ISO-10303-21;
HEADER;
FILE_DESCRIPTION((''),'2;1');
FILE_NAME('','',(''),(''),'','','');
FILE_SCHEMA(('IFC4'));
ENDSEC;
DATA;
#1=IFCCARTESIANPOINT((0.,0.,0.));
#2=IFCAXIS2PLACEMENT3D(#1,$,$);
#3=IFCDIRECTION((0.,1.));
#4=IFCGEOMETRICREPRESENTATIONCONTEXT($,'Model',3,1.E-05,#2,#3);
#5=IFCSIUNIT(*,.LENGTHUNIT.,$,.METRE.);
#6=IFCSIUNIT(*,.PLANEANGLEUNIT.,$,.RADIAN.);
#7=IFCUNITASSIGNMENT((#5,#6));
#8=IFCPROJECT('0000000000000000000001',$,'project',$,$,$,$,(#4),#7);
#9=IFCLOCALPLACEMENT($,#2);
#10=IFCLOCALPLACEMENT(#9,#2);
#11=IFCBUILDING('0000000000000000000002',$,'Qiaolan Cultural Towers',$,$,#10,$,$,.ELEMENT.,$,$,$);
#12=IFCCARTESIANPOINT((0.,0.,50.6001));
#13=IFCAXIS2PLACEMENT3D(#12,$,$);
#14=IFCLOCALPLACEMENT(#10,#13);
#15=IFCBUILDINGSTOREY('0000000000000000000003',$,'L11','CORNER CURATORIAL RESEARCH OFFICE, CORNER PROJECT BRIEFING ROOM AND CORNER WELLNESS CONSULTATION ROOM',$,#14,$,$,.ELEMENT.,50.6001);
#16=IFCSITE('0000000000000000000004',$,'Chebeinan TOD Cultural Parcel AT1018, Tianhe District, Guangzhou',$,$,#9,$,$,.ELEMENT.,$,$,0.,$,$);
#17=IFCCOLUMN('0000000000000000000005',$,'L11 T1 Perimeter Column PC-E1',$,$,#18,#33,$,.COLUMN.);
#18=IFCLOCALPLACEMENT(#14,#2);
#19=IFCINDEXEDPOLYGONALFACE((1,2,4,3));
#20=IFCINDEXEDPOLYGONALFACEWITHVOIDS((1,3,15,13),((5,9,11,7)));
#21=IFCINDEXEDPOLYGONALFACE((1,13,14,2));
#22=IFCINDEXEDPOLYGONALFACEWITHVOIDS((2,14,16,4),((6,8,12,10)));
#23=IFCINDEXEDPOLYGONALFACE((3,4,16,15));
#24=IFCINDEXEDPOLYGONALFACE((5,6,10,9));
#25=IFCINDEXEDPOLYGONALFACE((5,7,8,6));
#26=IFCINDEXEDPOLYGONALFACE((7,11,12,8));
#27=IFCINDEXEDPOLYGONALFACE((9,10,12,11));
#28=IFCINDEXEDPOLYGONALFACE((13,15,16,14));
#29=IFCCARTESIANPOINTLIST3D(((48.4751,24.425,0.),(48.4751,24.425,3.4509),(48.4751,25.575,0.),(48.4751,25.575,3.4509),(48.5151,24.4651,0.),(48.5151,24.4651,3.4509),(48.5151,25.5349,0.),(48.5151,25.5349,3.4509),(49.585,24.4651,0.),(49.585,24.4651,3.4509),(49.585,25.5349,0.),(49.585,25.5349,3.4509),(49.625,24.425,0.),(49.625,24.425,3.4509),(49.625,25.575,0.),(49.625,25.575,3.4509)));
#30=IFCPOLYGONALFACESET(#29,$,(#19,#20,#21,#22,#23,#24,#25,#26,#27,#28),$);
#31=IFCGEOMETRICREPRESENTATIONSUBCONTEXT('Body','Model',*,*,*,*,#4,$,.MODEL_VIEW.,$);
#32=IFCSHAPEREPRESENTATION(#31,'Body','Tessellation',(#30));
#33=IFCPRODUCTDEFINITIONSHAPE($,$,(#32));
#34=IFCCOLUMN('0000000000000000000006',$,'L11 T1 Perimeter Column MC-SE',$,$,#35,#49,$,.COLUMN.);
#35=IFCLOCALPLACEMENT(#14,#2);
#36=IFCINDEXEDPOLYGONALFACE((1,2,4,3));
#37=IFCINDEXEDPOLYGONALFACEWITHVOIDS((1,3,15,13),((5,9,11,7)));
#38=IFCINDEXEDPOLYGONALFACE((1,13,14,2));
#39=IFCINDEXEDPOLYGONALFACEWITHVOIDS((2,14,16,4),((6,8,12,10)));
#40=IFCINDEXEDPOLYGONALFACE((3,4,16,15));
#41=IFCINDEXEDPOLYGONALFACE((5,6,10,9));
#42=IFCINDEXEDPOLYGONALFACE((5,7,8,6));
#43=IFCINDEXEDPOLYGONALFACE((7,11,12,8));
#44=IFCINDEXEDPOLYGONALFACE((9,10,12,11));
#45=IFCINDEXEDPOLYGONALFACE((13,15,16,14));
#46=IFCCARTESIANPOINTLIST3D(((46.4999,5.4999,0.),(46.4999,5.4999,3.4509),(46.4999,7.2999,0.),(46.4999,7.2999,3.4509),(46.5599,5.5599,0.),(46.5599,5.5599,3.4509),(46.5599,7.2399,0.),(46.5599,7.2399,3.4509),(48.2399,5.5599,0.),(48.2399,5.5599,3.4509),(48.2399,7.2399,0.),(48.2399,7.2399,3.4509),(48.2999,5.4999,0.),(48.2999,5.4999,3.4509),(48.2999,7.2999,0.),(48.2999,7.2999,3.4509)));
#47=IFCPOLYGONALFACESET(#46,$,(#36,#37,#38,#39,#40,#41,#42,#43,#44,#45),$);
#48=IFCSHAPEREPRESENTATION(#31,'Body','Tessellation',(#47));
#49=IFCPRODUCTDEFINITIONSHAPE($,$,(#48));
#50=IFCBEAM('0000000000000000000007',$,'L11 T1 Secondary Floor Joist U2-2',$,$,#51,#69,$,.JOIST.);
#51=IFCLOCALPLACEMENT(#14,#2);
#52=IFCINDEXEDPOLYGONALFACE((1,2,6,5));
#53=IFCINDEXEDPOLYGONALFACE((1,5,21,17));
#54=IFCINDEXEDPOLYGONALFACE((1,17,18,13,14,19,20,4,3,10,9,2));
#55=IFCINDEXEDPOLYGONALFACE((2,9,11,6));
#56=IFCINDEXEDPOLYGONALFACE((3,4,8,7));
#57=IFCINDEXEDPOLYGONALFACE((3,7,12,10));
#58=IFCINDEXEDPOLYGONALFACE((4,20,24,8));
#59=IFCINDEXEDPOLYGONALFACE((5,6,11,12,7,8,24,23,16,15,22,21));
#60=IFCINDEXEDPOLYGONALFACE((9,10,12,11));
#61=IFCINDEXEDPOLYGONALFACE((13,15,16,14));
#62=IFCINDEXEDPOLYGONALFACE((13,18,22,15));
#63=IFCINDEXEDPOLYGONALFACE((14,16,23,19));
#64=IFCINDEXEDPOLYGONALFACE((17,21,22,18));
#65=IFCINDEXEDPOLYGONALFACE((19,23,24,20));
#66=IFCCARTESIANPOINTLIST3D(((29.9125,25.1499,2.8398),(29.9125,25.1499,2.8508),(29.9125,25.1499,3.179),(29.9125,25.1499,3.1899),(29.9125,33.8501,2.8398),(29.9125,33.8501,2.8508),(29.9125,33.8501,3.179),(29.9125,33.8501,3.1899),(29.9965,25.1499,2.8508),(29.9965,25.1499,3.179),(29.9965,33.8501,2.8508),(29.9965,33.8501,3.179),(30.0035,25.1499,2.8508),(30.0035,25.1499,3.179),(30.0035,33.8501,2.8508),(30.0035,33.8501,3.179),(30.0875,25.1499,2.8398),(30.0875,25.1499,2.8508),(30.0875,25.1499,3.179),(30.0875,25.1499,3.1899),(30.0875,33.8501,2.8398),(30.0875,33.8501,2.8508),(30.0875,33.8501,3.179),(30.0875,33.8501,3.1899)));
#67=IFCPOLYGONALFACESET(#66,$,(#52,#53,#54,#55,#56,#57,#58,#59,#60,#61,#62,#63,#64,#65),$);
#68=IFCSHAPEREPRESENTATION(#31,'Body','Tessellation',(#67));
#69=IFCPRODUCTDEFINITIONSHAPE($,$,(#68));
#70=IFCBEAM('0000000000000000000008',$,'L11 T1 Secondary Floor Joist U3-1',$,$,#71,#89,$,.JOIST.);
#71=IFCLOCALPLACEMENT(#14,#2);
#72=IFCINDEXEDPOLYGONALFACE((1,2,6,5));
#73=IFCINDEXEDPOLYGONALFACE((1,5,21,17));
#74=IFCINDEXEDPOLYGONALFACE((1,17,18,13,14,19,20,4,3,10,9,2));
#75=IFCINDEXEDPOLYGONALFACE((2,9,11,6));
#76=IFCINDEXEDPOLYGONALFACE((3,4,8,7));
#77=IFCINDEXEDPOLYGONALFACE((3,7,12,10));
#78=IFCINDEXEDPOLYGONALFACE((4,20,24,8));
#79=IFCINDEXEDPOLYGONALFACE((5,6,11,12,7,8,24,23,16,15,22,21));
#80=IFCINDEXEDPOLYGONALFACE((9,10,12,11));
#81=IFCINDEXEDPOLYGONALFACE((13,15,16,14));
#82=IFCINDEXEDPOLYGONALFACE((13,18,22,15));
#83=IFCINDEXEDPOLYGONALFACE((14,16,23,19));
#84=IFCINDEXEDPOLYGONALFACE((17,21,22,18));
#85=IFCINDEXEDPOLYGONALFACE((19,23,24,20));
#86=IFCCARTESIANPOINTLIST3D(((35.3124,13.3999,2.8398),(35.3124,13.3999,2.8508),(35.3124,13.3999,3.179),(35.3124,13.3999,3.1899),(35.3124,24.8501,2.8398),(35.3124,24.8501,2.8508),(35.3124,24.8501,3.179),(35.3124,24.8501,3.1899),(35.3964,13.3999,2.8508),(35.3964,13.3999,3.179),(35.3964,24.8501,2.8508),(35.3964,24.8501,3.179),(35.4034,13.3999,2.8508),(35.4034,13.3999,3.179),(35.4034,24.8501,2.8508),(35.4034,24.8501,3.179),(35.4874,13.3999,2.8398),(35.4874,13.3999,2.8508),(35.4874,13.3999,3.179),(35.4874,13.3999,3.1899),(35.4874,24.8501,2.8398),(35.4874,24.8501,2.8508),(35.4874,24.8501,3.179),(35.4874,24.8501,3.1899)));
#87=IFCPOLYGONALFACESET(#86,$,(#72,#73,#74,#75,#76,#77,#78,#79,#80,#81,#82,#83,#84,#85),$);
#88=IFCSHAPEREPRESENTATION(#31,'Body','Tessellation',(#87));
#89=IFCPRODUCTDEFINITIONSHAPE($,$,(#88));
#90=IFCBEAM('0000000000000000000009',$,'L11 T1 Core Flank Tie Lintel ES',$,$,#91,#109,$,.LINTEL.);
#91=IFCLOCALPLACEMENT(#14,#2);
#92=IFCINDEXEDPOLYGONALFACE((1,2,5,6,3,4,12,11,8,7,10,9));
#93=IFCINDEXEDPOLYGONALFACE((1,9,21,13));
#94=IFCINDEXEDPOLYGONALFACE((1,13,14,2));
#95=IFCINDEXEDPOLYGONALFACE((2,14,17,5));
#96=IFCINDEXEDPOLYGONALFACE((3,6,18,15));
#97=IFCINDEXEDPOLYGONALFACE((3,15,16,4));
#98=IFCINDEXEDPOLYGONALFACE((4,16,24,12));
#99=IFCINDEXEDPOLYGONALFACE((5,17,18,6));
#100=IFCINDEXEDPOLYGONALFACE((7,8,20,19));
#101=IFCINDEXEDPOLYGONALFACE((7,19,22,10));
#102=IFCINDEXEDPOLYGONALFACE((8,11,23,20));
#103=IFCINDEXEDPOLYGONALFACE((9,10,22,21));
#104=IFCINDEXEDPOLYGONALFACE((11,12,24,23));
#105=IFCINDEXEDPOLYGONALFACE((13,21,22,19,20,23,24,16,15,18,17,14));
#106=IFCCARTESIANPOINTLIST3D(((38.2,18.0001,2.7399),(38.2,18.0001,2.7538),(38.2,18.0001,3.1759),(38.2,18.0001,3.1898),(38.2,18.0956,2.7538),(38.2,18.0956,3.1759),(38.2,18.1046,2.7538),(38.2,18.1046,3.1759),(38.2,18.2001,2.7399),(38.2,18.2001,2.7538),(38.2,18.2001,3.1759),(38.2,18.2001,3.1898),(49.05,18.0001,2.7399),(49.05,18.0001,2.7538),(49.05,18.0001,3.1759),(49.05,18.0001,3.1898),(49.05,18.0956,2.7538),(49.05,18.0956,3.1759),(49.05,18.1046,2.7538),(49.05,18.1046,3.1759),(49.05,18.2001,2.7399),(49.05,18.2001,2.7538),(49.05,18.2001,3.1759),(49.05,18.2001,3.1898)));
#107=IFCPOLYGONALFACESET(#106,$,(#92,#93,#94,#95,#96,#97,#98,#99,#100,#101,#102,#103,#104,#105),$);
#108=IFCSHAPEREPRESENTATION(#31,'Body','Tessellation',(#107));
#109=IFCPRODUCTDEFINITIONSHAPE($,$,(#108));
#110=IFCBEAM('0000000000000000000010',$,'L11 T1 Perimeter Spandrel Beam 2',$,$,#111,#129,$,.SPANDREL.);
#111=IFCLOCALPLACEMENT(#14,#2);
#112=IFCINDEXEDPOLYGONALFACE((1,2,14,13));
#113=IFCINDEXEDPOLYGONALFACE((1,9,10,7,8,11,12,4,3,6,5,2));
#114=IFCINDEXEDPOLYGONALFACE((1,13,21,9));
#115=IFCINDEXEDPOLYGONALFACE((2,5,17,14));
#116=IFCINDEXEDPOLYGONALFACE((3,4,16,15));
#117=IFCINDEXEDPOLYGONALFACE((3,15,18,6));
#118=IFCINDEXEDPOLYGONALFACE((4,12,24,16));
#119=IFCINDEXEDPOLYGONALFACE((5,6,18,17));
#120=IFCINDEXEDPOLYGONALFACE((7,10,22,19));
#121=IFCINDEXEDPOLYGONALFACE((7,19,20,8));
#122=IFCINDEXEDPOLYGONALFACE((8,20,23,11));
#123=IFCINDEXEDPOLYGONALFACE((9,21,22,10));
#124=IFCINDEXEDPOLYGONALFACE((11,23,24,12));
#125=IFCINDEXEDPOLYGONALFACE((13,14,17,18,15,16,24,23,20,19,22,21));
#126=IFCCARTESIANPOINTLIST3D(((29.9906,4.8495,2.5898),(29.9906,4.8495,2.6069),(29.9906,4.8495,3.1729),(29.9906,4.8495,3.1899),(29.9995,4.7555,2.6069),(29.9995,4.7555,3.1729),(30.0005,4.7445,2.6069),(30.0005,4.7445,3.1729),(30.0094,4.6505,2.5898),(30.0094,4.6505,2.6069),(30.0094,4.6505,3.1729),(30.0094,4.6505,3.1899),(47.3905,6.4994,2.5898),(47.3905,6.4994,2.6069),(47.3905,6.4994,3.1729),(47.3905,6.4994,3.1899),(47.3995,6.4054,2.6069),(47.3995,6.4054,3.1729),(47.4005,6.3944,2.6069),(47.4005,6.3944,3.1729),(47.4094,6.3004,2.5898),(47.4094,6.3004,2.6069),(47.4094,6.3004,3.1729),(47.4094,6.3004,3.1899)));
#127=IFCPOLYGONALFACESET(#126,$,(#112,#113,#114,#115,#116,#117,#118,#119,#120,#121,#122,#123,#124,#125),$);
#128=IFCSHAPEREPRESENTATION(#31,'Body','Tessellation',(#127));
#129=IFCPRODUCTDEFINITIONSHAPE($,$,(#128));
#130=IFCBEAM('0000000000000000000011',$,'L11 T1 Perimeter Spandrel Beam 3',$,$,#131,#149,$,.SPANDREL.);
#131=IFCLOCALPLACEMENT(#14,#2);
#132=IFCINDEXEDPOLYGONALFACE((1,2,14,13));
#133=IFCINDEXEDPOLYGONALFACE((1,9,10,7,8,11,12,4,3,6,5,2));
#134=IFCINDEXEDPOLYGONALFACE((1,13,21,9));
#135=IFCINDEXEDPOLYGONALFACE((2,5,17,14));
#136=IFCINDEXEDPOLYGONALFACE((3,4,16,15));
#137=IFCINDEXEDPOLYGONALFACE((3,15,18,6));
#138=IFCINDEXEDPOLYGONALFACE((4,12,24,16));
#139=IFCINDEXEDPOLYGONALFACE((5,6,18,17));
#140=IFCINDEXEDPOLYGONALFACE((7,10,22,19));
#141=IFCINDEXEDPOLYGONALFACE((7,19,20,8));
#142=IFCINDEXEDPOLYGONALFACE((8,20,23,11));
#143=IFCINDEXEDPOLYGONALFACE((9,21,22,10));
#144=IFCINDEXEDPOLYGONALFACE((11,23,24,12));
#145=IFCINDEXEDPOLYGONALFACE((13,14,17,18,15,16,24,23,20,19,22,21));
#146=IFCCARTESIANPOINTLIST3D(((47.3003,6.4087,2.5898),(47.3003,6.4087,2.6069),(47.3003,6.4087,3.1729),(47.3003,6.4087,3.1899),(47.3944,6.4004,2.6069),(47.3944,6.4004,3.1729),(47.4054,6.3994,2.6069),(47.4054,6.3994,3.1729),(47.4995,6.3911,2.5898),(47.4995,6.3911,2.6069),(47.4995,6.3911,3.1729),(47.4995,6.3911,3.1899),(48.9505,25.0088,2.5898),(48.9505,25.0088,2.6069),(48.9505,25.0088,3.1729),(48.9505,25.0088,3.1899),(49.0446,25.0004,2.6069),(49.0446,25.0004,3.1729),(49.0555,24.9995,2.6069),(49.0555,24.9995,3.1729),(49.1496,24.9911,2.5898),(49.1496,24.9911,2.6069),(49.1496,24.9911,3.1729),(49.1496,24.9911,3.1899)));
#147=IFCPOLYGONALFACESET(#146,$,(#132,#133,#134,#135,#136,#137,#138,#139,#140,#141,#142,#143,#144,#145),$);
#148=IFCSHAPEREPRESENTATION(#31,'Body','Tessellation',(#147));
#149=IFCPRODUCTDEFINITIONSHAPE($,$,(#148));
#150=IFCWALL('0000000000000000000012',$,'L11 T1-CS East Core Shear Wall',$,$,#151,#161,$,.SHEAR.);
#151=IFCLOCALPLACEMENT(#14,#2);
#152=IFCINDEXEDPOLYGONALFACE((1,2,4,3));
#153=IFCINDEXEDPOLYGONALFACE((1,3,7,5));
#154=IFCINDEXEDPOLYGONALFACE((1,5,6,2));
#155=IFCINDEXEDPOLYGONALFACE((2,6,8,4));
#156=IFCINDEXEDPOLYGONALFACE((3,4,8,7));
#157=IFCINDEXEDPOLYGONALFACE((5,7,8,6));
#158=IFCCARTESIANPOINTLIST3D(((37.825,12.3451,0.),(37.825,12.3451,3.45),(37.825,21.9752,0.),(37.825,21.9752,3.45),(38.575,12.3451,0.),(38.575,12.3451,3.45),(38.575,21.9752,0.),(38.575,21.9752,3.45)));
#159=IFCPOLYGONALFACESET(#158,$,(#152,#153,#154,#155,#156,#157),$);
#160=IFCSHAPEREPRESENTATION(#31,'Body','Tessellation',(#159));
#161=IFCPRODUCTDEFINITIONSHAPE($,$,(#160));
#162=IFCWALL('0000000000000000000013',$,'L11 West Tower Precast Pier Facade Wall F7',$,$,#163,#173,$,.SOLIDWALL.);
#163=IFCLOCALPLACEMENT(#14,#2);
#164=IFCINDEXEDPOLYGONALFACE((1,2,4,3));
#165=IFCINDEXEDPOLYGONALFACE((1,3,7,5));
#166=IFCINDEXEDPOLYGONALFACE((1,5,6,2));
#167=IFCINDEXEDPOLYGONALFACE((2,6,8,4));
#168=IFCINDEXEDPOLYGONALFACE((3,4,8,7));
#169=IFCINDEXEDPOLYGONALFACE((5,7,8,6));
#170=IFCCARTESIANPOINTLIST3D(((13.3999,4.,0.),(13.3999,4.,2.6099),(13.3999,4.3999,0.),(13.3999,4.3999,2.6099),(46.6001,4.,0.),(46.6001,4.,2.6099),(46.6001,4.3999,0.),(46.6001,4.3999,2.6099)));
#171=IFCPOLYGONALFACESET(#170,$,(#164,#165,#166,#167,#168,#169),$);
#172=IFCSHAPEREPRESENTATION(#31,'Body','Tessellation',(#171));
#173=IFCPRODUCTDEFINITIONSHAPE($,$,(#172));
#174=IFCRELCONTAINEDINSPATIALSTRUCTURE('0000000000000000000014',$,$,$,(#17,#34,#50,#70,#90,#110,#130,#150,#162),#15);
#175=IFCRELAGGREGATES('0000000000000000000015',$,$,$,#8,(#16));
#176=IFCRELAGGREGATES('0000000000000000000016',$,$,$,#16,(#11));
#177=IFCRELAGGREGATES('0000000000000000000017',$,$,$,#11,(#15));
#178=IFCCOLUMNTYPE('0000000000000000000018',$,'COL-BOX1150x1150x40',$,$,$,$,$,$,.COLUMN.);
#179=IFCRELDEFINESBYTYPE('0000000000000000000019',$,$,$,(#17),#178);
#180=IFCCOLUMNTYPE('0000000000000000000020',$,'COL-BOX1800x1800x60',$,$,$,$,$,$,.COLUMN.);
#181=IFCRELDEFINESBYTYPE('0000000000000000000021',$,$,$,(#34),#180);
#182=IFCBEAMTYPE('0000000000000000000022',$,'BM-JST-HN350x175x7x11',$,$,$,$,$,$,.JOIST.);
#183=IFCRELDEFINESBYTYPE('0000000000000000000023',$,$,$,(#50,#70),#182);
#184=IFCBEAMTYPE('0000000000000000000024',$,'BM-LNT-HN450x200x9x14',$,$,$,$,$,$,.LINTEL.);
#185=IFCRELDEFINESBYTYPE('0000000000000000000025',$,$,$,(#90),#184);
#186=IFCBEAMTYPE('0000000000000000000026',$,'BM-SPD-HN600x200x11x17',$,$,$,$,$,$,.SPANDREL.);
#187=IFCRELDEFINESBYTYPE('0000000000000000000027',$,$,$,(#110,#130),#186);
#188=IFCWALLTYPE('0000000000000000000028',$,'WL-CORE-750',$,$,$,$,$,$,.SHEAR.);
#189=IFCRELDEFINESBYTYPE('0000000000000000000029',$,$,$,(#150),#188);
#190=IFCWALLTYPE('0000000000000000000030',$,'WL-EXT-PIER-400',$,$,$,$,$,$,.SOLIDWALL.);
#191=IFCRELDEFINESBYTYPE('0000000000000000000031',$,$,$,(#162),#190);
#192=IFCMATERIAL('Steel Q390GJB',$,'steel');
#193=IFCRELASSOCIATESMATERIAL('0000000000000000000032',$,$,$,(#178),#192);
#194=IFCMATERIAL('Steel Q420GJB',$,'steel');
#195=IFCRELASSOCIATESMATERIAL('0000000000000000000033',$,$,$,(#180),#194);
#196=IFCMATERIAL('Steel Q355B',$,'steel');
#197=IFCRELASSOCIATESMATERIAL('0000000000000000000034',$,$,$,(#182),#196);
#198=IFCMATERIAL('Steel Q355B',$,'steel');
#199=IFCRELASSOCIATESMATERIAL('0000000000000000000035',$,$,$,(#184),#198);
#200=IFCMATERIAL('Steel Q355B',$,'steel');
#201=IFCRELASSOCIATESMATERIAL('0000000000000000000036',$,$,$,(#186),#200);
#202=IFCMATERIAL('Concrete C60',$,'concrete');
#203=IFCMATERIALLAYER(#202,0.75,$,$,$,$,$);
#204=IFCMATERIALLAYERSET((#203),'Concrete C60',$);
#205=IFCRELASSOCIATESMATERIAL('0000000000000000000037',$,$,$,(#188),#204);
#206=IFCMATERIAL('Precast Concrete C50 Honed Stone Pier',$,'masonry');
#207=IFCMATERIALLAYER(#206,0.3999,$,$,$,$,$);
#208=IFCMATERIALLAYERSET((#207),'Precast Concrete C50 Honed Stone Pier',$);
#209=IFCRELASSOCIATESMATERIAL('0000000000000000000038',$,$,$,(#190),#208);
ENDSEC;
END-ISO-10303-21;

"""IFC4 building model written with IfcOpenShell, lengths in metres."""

from ifc_helpers import new_model, si_unit, direction, frame, frame_2d, origin, origin_2d, place, context, subcontext, project, spatial, rectangle, hollow_rectangle, i_section, extrude, material, layer, layer_set, material_profile, profile_set, type_object, element, save


model = new_model("IFC4")

# Units and contexts
model_context = context("Model", 3, precision=1e-05, world=origin(), true_north=direction((0.0, 1.0)))
body_context = subcontext(model_context, "Body", "Model", "MODEL_VIEW")
ifc_project = project(units=[si_unit("LENGTHUNIT", "METRE"), si_unit("PLANEANGLEUNIT", "RADIAN")], contexts=[model_context])

# Site, building, storey
site_placement = place(None, origin())
site = spatial("IfcSite", under=ifc_project, at=site_placement, Name="Chebeinan TOD Cultural Parcel AT1018, Tianhe District, Guangzhou", CompositionType="ELEMENT", RefElevation=0.0)
building_placement = place(site_placement, origin())
building = spatial("IfcBuilding", under=site, at=building_placement, Name="Qiaolan Cultural Towers", CompositionType="ELEMENT")
storey_placement = place(building_placement, frame((0.0, 0.0, 50.6001)))
storey = spatial("IfcBuildingStorey", under=building, at=storey_placement, Name="L11", Description="CORNER CURATORIAL RESEARCH OFFICE, CORNER PROJECT BRIEFING ROOM AND CORNER WELLNESS CONSULTATION ROOM", CompositionType="ELEMENT", Elevation=50.6001)

# Columns
ifc_material_1 = material(Name="Steel Q390GJB", Category="steel")
ifc_material_profile_1 = material_profile(ifc_material_1, hollow_rectangle(XDim=1.1499, YDim=1.1499, WallThickness=0.04, at=origin_2d()), Name="BOX1150x1150x40")
ifc_profile_set_1 = profile_set([ifc_material_profile_1], Name="Steel Q390GJB")
column_type_1 = type_object("IfcColumnType", Name="COL-BOX1150x1150x40", PredefinedType="COLUMN", material=ifc_profile_set_1)
column_1_placement = place(storey_placement, frame((49.05, 25.0, 0.0), z_axis=(0.0, 0.0, 1.0), x_axis=(1.0, 0.0, 0.0)))
element("IfcColumn", 1, at=column_1_placement, inside=storey, type_object=column_type_1, Name="L11 T1 Perimeter Column PC-E1", PredefinedType="COLUMN", context=body_context, shape_type="SweptSolid", body=[
    extrude(hollow_rectangle(XDim=1.1499, YDim=1.1499, WallThickness=0.04, at=origin_2d()), origin(), (0.0, 0.0, 1.0), 3.4509),
])
ifc_material_2 = material(Name="Steel Q420GJB", Category="steel")
ifc_material_profile_2 = material_profile(ifc_material_2, hollow_rectangle(XDim=1.8, YDim=1.8, WallThickness=0.0601, at=origin_2d()), Name="BOX1800x1800x60")
ifc_profile_set_2 = profile_set([ifc_material_profile_2], Name="Steel Q420GJB")
column_type_2 = type_object("IfcColumnType", Name="COL-BOX1800x1800x60", PredefinedType="COLUMN", material=ifc_profile_set_2)
column_2_placement = place(storey_placement, frame((47.3999, 6.3999, 0.0), z_axis=(0.0, 0.0, 1.0), x_axis=(1.0, 0.0, 0.0)))
element("IfcColumn", 2, at=column_2_placement, inside=storey, type_object=column_type_2, Name="L11 T1 Perimeter Column MC-SE", PredefinedType="COLUMN", context=body_context, shape_type="SweptSolid", body=[
    extrude(hollow_rectangle(XDim=1.8, YDim=1.8, WallThickness=0.0601, at=origin_2d()), origin(), (0.0, 0.0, 1.0), 3.4509),
])

# Beams
ifc_material_3 = material(Name="Steel Q355B", Category="steel")
ifc_material_profile_3 = material_profile(ifc_material_3, i_section(OverallWidth=0.175, OverallDepth=0.3501, WebThickness=0.0071, FlangeThickness=0.011, at=origin_2d()), Name="HN350x175x7x11")
ifc_profile_set_3 = profile_set([ifc_material_profile_3], Name="Steel Q355B")
beam_type_1 = type_object("IfcBeamType", Name="BM-JST-HN350x175x7x11", PredefinedType="JOIST", material=ifc_profile_set_3)
beam_1_placement = place(storey_placement, frame((30.0, 25.1499, 3.0149), z_axis=(0.0, 1.0, 0.0), x_axis=(-1.0, 0.0, 0.0)))
element("IfcBeam", 3, at=beam_1_placement, inside=storey, type_object=beam_type_1, Name="L11 T1 Secondary Floor Joist U2-2", PredefinedType="JOIST", context=body_context, shape_type="SweptSolid", body=[
    extrude(i_section(OverallWidth=0.175, OverallDepth=0.3501, WebThickness=0.0071, FlangeThickness=0.011, at=origin_2d()), origin(), (0.0, 0.0, 1.0), 8.7002),
])
beam_2_placement = place(storey_placement, frame((35.3999, 13.3999, 3.0149), z_axis=(0.0, 1.0, 0.0), x_axis=(-1.0, 0.0, 0.0)))
element("IfcBeam", 4, at=beam_2_placement, inside=storey, type_object=beam_type_1, Name="L11 T1 Secondary Floor Joist U3-1", PredefinedType="JOIST", context=body_context, shape_type="SweptSolid", body=[
    extrude(i_section(OverallWidth=0.175, OverallDepth=0.3501, WebThickness=0.0071, FlangeThickness=0.011, at=origin_2d()), origin(), (0.0, 0.0, 1.0), 11.4502),
])
ifc_material_4 = material(Name="Steel Q355B", Category="steel")
ifc_material_profile_4 = material_profile(ifc_material_4, i_section(OverallWidth=0.2, OverallDepth=0.45, WebThickness=0.009, FlangeThickness=0.0139, at=origin_2d()), Name="HN450x200x9x14")
ifc_profile_set_4 = profile_set([ifc_material_profile_4], Name="Steel Q355B")
beam_type_2 = type_object("IfcBeamType", Name="BM-LNT-HN450x200x9x14", PredefinedType="LINTEL", material=ifc_profile_set_4)
beam_3_placement = place(storey_placement, frame((38.2, 18.1001, 2.9648), z_axis=(1.0, 0.0, 0.0), x_axis=(0.0, 1.0, 0.0)))
element("IfcBeam", 5, at=beam_3_placement, inside=storey, type_object=beam_type_2, Name="L11 T1 Core Flank Tie Lintel ES", PredefinedType="LINTEL", context=body_context, shape_type="SweptSolid", body=[
    extrude(i_section(OverallWidth=0.2, OverallDepth=0.45, WebThickness=0.009, FlangeThickness=0.0139, at=origin_2d()), origin(), (0.0, 0.0, 1.0), 10.8501),
])
ifc_material_5 = material(Name="Steel Q355B", Category="steel")
ifc_material_profile_5 = material_profile(ifc_material_5, i_section(OverallWidth=0.2, OverallDepth=0.6001, WebThickness=0.011, FlangeThickness=0.0171, at=origin_2d()), Name="HN600x200x11x17")
ifc_profile_set_5 = profile_set([ifc_material_profile_5], Name="Steel Q355B")
beam_type_3 = type_object("IfcBeamType", Name="BM-SPD-HN600x200x11x17", PredefinedType="SPANDREL", material=ifc_profile_set_5)
beam_4_placement = place(storey_placement, frame((30.0, 4.75, 2.8899), z_axis=(0.995534, 0.094399, 0.0), x_axis=(-0.094399, 0.995534, 0.0)))
element("IfcBeam", 6, at=beam_4_placement, inside=storey, type_object=beam_type_3, Name="L11 T1 Perimeter Spandrel Beam 2", PredefinedType="SPANDREL", context=body_context, shape_type="SweptSolid", body=[
    extrude(i_section(OverallWidth=0.2, OverallDepth=0.6001, WebThickness=0.011, FlangeThickness=0.0171, at=origin_2d()), origin(), (0.0, 0.0, 1.0), 17.478),
])
beam_5_placement = place(storey_placement, frame((47.3999, 6.3999, 2.8899), z_axis=(0.08837, 0.996088, 0.0), x_axis=(-0.996088, 0.08837, 0.0)))
element("IfcBeam", 7, at=beam_5_placement, inside=storey, type_object=beam_type_3, Name="L11 T1 Perimeter Spandrel Beam 3", PredefinedType="SPANDREL", context=body_context, shape_type="SweptSolid", body=[
    extrude(i_section(OverallWidth=0.2, OverallDepth=0.6001, WebThickness=0.011, FlangeThickness=0.0171, at=origin_2d()), origin(), (0.0, 0.0, 1.0), 18.6731),
])

# Walls
ifc_material_6 = material(Name="Concrete C60", Category="concrete")
ifc_layer_1 = layer(ifc_material_6, 0.75)
ifc_layer_set_1 = layer_set([ifc_layer_1], Name="Concrete C60")
wall_type_1 = type_object("IfcWallType", Name="WL-CORE-750", PredefinedType="SHEAR", material=ifc_layer_set_1)
wall_1_placement = place(storey_placement, frame((38.2, 21.9751, 0.0), z_axis=(0.0, 0.0, 1.0), x_axis=(0.0, -1.0, 0.0)))
element("IfcWall", 8, at=wall_1_placement, inside=storey, type_object=wall_type_1, Name="L11 T1-CS East Core Shear Wall", PredefinedType="SHEAR", context=body_context, shape_type="SweptSolid", body=[
    extrude(rectangle(XDim=9.6301, YDim=0.75, at=frame_2d((4.8149, 0.0))), origin(), (0.0, 0.0, 1.0), 3.45),
])
ifc_material_7 = material(Name="Precast Concrete C50 Honed Stone Pier", Category="masonry")
ifc_layer_2 = layer(ifc_material_7, 0.3999)
ifc_layer_set_2 = layer_set([ifc_layer_2], Name="Precast Concrete C50 Honed Stone Pier")
wall_type_2 = type_object("IfcWallType", Name="WL-EXT-PIER-400", PredefinedType="SOLIDWALL", material=ifc_layer_set_2)
wall_2_placement = place(storey_placement, frame((46.6001, 4.2, 0.0), z_axis=(0.0, 0.0, 1.0), x_axis=(-1.0, 0.0, 0.0)))
element("IfcWall", 9, at=wall_2_placement, inside=storey, type_object=wall_type_2, Name="L11 West Tower Precast Pier Facade Wall F7", PredefinedType="SOLIDWALL", context=body_context, shape_type="SweptSolid", body=[
    extrude(rectangle(XDim=33.2002, YDim=0.3999, at=frame_2d((16.6001, 0.0))), origin(), (0.0, 0.0, 1.0), 2.6099),
])

save(model, "model.ifc")
